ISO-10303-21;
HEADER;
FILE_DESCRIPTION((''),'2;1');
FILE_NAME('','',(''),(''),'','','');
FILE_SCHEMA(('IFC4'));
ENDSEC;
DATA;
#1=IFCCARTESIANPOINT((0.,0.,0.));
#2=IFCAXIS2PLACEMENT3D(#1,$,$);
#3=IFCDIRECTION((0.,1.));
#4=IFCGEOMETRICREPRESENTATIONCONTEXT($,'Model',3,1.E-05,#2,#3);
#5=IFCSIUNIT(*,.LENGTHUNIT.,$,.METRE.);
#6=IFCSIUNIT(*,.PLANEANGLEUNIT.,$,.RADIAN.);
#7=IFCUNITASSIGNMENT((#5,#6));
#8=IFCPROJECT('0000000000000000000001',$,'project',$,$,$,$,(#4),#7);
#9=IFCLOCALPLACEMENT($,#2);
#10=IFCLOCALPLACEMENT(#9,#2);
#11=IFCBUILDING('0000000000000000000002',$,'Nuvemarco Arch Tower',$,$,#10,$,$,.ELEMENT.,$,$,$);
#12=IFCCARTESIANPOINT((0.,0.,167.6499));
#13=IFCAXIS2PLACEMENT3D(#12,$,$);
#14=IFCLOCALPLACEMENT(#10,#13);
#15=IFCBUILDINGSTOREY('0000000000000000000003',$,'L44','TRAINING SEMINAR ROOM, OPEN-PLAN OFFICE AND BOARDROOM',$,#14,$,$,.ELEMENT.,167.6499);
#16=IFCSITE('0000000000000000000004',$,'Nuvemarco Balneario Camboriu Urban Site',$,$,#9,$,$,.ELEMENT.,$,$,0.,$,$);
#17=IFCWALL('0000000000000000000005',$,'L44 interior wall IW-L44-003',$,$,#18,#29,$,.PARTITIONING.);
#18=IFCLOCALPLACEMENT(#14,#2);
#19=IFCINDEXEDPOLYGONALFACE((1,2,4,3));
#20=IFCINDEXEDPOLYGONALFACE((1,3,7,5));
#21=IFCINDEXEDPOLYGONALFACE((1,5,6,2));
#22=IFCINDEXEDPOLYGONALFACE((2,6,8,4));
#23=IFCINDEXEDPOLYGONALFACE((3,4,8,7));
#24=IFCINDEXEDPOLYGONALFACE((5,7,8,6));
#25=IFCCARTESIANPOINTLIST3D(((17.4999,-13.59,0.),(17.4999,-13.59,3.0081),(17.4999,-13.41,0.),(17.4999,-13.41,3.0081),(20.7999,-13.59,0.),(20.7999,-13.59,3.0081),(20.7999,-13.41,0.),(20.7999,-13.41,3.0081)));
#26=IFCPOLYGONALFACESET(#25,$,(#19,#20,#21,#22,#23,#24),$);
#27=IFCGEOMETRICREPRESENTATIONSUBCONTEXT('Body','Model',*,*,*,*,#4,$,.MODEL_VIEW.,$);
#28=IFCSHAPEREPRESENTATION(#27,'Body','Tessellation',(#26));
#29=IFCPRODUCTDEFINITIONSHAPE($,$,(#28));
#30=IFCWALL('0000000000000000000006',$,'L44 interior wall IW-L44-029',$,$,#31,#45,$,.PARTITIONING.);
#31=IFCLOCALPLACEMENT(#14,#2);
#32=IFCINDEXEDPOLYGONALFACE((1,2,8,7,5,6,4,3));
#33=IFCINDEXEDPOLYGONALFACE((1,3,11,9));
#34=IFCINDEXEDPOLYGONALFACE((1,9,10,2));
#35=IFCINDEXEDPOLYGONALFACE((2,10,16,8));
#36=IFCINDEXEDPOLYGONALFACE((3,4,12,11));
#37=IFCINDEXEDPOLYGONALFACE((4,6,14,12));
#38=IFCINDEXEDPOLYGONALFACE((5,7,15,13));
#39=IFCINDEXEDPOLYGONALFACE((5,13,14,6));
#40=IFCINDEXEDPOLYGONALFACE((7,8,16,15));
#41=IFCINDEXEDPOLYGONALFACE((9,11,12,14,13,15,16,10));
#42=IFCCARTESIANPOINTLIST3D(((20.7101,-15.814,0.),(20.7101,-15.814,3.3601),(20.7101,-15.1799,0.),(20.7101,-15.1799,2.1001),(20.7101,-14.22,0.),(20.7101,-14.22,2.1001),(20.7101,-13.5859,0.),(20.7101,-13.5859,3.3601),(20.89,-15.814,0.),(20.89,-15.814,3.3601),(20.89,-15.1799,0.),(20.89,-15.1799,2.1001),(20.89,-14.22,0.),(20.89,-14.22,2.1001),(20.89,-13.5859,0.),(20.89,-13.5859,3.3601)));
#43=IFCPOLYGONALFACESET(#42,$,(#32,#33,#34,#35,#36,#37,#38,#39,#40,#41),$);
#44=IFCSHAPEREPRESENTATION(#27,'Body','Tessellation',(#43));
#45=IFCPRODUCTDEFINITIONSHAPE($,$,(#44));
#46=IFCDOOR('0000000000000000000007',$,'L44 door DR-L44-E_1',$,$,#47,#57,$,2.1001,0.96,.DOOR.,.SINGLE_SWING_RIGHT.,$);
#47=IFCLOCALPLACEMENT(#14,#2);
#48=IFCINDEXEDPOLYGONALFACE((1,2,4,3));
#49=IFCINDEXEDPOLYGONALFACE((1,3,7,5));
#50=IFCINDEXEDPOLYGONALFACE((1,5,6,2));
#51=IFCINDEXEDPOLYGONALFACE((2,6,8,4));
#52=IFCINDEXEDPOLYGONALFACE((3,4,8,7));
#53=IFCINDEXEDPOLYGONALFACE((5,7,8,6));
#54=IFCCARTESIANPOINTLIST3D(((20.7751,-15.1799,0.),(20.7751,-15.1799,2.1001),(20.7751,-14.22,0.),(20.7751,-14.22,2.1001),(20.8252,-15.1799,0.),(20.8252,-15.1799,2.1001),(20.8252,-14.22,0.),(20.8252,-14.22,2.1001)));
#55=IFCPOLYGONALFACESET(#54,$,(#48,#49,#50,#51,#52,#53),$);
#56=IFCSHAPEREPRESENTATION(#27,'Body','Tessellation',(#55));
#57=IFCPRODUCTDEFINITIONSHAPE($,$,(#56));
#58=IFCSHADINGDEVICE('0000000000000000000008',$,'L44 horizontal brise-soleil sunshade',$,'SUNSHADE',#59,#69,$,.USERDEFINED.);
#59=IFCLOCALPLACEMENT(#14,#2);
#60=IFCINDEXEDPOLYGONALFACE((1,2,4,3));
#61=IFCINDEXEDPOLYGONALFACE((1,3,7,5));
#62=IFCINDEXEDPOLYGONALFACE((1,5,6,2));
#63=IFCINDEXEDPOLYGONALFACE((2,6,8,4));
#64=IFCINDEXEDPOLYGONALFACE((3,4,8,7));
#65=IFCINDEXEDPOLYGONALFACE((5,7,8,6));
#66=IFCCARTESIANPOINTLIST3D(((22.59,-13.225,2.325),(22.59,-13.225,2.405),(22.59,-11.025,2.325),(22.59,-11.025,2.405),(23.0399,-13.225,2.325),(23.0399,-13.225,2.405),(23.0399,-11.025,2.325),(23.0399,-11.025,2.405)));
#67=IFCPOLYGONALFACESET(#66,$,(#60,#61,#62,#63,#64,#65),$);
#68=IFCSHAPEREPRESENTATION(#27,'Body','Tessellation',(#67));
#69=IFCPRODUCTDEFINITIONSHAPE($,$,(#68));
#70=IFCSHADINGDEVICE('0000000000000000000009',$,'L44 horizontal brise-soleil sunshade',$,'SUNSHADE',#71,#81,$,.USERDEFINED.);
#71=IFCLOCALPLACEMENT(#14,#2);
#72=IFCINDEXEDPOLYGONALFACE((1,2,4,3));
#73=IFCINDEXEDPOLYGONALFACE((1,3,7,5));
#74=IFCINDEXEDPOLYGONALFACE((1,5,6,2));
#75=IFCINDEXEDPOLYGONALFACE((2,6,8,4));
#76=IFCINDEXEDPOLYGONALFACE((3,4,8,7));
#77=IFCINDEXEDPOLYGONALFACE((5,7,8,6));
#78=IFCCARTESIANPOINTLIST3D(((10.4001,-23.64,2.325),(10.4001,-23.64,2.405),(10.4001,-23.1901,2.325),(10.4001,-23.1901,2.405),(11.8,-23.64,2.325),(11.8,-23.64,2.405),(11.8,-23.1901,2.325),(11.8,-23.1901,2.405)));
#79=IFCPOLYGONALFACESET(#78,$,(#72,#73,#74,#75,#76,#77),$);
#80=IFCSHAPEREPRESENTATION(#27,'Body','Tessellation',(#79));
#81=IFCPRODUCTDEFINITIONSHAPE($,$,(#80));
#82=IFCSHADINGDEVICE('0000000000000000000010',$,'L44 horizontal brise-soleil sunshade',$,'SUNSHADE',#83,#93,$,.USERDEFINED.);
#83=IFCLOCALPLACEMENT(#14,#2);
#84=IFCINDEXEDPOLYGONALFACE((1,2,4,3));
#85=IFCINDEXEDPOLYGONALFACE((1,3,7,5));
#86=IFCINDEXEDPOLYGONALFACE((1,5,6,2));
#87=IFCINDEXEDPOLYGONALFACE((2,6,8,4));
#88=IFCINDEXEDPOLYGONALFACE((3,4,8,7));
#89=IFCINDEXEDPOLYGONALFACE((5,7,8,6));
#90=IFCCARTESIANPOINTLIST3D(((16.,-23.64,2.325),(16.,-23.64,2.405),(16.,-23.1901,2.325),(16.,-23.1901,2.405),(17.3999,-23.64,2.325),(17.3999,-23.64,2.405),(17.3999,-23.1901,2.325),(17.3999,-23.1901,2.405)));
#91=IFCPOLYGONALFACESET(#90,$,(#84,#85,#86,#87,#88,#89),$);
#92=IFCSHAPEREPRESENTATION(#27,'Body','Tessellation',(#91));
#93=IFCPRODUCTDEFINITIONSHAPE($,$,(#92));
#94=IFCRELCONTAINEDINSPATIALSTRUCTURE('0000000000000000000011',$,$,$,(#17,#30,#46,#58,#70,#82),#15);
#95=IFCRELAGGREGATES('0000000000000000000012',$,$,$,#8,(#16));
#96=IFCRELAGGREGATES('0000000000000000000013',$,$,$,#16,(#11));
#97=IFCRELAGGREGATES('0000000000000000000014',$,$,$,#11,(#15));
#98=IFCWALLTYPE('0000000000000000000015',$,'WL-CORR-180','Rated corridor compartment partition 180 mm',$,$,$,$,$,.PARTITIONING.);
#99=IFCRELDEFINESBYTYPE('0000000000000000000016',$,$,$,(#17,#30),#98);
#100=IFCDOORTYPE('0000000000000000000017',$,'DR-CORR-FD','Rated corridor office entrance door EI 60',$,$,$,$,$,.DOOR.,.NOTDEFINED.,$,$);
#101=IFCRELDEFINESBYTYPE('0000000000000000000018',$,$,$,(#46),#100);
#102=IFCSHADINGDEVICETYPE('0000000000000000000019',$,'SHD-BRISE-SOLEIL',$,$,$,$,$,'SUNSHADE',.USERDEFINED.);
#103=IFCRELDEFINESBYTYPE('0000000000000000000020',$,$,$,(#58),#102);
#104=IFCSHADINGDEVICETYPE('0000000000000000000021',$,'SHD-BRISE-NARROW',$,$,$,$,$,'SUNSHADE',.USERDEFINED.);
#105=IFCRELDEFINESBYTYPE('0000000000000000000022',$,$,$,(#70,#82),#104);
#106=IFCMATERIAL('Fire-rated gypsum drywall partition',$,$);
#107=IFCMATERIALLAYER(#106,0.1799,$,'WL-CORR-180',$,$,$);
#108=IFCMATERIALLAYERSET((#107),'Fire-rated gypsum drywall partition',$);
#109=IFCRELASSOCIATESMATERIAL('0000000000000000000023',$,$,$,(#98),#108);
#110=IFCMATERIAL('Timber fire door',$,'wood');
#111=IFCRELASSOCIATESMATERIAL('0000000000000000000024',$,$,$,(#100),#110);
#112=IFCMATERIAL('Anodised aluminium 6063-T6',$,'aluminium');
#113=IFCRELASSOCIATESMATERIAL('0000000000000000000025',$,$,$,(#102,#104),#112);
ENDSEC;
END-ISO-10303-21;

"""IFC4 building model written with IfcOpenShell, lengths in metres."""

from ifc_helpers import new_model, si_unit, direction, frame, frame_2d, origin, origin_2d, place, context, subcontext, project, spatial, rectangle, extrude, source, transform, mapped, material, layer, layer_set, type_object, type_shapes, element, fill, save


model = new_model("IFC4")

# Units and contexts
model_context = context("Model", 3, precision=1e-05, world=origin(), true_north=direction((0.0, 1.0)))
body_context = subcontext(model_context, "Body", "Model", "MODEL_VIEW")
ifc_project = project(units=[si_unit("LENGTHUNIT", "METRE"), si_unit("PLANEANGLEUNIT", "RADIAN")], contexts=[model_context])

# Site, building, storey
site_placement = place(None, origin())
site = spatial("IfcSite", under=ifc_project, at=site_placement, Name="Nuvemarco Balneario Camboriu Urban Site", CompositionType="ELEMENT", RefElevation=0.0)
building_placement = place(site_placement, origin())
building = spatial("IfcBuilding", under=site, at=building_placement, Name="Nuvemarco Arch Tower", CompositionType="ELEMENT")
storey_placement = place(building_placement, frame((0.0, 0.0, 167.6499)))
storey = spatial("IfcBuildingStorey", under=building, at=storey_placement, Name="L44", Description="TRAINING SEMINAR ROOM, OPEN-PLAN OFFICE AND BOARDROOM", CompositionType="ELEMENT", Elevation=167.6499)

# Wall
ifc_material_1 = material(Name="Fire-rated gypsum drywall partition")
ifc_layer_1 = layer(ifc_material_1, 0.1799, Name="WL-CORR-180")
ifc_layer_set_1 = layer_set([ifc_layer_1], Name="Fire-rated gypsum drywall partition")
wall_type_1 = type_object("IfcWallType", Name="WL-CORR-180", Description="Rated corridor compartment partition 180 mm", PredefinedType="PARTITIONING", material=ifc_layer_set_1)
wall_1_placement = place(storey_placement, frame((17.5, -13.5, 0.0), z_axis=(0.0, 0.0, 1.0), x_axis=(1.0, 0.0, 0.0)))
element("IfcWall", 1, at=wall_1_placement, inside=storey, type_object=wall_type_1, Name="L44 interior wall IW-L44-003", PredefinedType="PARTITIONING", context=body_context, shape_type="SweptSolid", body=[
    extrude(rectangle(XDim=3.3, YDim=0.1799, at=frame_2d((1.6499, 0.0))), origin(), (0.0, 0.0, 1.0), 3.0081),
])

# Wall, opening, door
wall_2_placement = place(storey_placement, frame((20.8, -15.814, 0.0), z_axis=(0.0, 0.0, 1.0), x_axis=(0.0, 1.0, 0.0)))
wall_2 = element("IfcWall", 2, at=wall_2_placement, inside=storey, type_object=wall_type_1, Name="L44 interior wall IW-L44-029", PredefinedType="PARTITIONING", context=body_context, shape_type="SweptSolid", body=[
    extrude(rectangle(XDim=2.228, YDim=0.1799, at=frame_2d((1.114, 0.0))), origin(), (0.0, 0.0, 1.0), 3.3601),
])
opening_1_placement = place(wall_2_placement, frame((0.634, 0.0, 0.0)))
opening_1 = element("IfcOpeningElement", 3, at=opening_1_placement, cuts=wall_2, PredefinedType="OPENING", context=body_context, shape_type="SweptSolid", body=[
    extrude(rectangle(XDim=0.96, YDim=2.1001, at=frame_2d((0.48, 1.05))), frame((0.0, 0.0999, 0.0), z_axis=(0.0, -1.0, 0.0), x_axis=(1.0, 0.0, 0.0)), (0.0, 0.0, 1.0), 0.2),
])
ifc_material_2 = material(Name="Timber fire door", Category="wood")
door_type_1 = type_object("IfcDoorType", Name="DR-CORR-FD", Description="Rated corridor office entrance door EI 60", OperationType="NOTDEFINED", PredefinedType="DOOR", material=ifc_material_2)
shared_shape_1 = source(origin(), body_context, "Body", "SweptSolid", [
    extrude(rectangle(XDim=0.96, YDim=2.1001, at=frame_2d((0.48, 1.05))), frame((0.0, 0.0249, 0.0), z_axis=(0.0, -1.0, 0.0), x_axis=(1.0, 0.0, 0.0)), (0.0, 0.0, 1.0), 0.05),
])
type_shapes(door_type_1, [shared_shape_1])
door_1_placement = place(opening_1_placement, origin())
door_1 = element("IfcDoor", 4, at=door_1_placement, inside=storey, type_object=door_type_1, Name="L44 door DR-L44-E_1", OperationType="SINGLE_SWING_RIGHT", OverallHeight=2.1001, OverallWidth=0.96, PredefinedType="DOOR", context=body_context, shape_type="MappedRepresentation", body=[
    mapped(shared_shape_1, transform((0.0, 0.0, 0.0), scale=1.0)),
])
fill(opening_1, door_1)

# Shading devices
ifc_material_3 = material(Name="Anodised aluminium 6063-T6", Category="aluminium")
shading_device_type_1 = type_object("IfcShadingDeviceType", Name="SHD-BRISE-SOLEIL", ElementType="SUNSHADE", PredefinedType="USERDEFINED", material=ifc_material_3)
shared_shape_2 = source(origin(), body_context, "Body", "SweptSolid", [
    extrude(rectangle(XDim=2.2, YDim=0.45, at=origin_2d()), origin(), (0.0, 0.0, 1.0), 0.0801),
])
type_shapes(shading_device_type_1, [shared_shape_2])
shading_device_placement = place(storey_placement, frame((22.8149, -12.125, 2.325), z_axis=(0.0, 0.0, 1.0), x_axis=(0.0, 1.0, 0.0)))
element("IfcShadingDevice", 5, at=shading_device_placement, inside=storey, type_object=shading_device_type_1, Name="L44 horizontal brise-soleil sunshade", ObjectType="SUNSHADE", PredefinedType="USERDEFINED", context=body_context, shape_type="MappedRepresentation", body=[
    mapped(shared_shape_2, transform((0.0, 0.0, 0.0), scale=1.0)),
])
shading_device_type_2 = type_object("IfcShadingDeviceType", Name="SHD-BRISE-NARROW", ElementType="SUNSHADE", PredefinedType="USERDEFINED", material=ifc_material_3)
shared_shape_3 = source(origin(), body_context, "Body", "SweptSolid", [
    extrude(rectangle(XDim=1.3999, YDim=0.45, at=origin_2d()), origin(), (0.0, 0.0, 1.0), 0.0801),
])
type_shapes(shading_device_type_2, [shared_shape_3])
for number, where, z_axis, x_axis, name in (
    (6, (11.1001, -23.415, 2.325), (0.0, 0.0, 1.0), (1.0, 0.0, 0.0), "L44 horizontal brise-soleil sunshade"),
    (7, (16.7, -23.415, 2.325), (0.0, 0.0, 1.0), (1.0, 0.0, 0.0), "L44 horizontal brise-soleil sunshade"),
):
    element("IfcShadingDevice", number, at=place(storey_placement, frame(where, z_axis=z_axis, x_axis=x_axis)), inside=storey, type_object=shading_device_type_2, Name=name, ObjectType="SUNSHADE", PredefinedType="USERDEFINED", context=body_context, shape_type="MappedRepresentation", body=[
        mapped(shared_shape_3, transform((0.0, 0.0, 0.0), scale=1.0)),
    ])

save(model, "model.ifc")
